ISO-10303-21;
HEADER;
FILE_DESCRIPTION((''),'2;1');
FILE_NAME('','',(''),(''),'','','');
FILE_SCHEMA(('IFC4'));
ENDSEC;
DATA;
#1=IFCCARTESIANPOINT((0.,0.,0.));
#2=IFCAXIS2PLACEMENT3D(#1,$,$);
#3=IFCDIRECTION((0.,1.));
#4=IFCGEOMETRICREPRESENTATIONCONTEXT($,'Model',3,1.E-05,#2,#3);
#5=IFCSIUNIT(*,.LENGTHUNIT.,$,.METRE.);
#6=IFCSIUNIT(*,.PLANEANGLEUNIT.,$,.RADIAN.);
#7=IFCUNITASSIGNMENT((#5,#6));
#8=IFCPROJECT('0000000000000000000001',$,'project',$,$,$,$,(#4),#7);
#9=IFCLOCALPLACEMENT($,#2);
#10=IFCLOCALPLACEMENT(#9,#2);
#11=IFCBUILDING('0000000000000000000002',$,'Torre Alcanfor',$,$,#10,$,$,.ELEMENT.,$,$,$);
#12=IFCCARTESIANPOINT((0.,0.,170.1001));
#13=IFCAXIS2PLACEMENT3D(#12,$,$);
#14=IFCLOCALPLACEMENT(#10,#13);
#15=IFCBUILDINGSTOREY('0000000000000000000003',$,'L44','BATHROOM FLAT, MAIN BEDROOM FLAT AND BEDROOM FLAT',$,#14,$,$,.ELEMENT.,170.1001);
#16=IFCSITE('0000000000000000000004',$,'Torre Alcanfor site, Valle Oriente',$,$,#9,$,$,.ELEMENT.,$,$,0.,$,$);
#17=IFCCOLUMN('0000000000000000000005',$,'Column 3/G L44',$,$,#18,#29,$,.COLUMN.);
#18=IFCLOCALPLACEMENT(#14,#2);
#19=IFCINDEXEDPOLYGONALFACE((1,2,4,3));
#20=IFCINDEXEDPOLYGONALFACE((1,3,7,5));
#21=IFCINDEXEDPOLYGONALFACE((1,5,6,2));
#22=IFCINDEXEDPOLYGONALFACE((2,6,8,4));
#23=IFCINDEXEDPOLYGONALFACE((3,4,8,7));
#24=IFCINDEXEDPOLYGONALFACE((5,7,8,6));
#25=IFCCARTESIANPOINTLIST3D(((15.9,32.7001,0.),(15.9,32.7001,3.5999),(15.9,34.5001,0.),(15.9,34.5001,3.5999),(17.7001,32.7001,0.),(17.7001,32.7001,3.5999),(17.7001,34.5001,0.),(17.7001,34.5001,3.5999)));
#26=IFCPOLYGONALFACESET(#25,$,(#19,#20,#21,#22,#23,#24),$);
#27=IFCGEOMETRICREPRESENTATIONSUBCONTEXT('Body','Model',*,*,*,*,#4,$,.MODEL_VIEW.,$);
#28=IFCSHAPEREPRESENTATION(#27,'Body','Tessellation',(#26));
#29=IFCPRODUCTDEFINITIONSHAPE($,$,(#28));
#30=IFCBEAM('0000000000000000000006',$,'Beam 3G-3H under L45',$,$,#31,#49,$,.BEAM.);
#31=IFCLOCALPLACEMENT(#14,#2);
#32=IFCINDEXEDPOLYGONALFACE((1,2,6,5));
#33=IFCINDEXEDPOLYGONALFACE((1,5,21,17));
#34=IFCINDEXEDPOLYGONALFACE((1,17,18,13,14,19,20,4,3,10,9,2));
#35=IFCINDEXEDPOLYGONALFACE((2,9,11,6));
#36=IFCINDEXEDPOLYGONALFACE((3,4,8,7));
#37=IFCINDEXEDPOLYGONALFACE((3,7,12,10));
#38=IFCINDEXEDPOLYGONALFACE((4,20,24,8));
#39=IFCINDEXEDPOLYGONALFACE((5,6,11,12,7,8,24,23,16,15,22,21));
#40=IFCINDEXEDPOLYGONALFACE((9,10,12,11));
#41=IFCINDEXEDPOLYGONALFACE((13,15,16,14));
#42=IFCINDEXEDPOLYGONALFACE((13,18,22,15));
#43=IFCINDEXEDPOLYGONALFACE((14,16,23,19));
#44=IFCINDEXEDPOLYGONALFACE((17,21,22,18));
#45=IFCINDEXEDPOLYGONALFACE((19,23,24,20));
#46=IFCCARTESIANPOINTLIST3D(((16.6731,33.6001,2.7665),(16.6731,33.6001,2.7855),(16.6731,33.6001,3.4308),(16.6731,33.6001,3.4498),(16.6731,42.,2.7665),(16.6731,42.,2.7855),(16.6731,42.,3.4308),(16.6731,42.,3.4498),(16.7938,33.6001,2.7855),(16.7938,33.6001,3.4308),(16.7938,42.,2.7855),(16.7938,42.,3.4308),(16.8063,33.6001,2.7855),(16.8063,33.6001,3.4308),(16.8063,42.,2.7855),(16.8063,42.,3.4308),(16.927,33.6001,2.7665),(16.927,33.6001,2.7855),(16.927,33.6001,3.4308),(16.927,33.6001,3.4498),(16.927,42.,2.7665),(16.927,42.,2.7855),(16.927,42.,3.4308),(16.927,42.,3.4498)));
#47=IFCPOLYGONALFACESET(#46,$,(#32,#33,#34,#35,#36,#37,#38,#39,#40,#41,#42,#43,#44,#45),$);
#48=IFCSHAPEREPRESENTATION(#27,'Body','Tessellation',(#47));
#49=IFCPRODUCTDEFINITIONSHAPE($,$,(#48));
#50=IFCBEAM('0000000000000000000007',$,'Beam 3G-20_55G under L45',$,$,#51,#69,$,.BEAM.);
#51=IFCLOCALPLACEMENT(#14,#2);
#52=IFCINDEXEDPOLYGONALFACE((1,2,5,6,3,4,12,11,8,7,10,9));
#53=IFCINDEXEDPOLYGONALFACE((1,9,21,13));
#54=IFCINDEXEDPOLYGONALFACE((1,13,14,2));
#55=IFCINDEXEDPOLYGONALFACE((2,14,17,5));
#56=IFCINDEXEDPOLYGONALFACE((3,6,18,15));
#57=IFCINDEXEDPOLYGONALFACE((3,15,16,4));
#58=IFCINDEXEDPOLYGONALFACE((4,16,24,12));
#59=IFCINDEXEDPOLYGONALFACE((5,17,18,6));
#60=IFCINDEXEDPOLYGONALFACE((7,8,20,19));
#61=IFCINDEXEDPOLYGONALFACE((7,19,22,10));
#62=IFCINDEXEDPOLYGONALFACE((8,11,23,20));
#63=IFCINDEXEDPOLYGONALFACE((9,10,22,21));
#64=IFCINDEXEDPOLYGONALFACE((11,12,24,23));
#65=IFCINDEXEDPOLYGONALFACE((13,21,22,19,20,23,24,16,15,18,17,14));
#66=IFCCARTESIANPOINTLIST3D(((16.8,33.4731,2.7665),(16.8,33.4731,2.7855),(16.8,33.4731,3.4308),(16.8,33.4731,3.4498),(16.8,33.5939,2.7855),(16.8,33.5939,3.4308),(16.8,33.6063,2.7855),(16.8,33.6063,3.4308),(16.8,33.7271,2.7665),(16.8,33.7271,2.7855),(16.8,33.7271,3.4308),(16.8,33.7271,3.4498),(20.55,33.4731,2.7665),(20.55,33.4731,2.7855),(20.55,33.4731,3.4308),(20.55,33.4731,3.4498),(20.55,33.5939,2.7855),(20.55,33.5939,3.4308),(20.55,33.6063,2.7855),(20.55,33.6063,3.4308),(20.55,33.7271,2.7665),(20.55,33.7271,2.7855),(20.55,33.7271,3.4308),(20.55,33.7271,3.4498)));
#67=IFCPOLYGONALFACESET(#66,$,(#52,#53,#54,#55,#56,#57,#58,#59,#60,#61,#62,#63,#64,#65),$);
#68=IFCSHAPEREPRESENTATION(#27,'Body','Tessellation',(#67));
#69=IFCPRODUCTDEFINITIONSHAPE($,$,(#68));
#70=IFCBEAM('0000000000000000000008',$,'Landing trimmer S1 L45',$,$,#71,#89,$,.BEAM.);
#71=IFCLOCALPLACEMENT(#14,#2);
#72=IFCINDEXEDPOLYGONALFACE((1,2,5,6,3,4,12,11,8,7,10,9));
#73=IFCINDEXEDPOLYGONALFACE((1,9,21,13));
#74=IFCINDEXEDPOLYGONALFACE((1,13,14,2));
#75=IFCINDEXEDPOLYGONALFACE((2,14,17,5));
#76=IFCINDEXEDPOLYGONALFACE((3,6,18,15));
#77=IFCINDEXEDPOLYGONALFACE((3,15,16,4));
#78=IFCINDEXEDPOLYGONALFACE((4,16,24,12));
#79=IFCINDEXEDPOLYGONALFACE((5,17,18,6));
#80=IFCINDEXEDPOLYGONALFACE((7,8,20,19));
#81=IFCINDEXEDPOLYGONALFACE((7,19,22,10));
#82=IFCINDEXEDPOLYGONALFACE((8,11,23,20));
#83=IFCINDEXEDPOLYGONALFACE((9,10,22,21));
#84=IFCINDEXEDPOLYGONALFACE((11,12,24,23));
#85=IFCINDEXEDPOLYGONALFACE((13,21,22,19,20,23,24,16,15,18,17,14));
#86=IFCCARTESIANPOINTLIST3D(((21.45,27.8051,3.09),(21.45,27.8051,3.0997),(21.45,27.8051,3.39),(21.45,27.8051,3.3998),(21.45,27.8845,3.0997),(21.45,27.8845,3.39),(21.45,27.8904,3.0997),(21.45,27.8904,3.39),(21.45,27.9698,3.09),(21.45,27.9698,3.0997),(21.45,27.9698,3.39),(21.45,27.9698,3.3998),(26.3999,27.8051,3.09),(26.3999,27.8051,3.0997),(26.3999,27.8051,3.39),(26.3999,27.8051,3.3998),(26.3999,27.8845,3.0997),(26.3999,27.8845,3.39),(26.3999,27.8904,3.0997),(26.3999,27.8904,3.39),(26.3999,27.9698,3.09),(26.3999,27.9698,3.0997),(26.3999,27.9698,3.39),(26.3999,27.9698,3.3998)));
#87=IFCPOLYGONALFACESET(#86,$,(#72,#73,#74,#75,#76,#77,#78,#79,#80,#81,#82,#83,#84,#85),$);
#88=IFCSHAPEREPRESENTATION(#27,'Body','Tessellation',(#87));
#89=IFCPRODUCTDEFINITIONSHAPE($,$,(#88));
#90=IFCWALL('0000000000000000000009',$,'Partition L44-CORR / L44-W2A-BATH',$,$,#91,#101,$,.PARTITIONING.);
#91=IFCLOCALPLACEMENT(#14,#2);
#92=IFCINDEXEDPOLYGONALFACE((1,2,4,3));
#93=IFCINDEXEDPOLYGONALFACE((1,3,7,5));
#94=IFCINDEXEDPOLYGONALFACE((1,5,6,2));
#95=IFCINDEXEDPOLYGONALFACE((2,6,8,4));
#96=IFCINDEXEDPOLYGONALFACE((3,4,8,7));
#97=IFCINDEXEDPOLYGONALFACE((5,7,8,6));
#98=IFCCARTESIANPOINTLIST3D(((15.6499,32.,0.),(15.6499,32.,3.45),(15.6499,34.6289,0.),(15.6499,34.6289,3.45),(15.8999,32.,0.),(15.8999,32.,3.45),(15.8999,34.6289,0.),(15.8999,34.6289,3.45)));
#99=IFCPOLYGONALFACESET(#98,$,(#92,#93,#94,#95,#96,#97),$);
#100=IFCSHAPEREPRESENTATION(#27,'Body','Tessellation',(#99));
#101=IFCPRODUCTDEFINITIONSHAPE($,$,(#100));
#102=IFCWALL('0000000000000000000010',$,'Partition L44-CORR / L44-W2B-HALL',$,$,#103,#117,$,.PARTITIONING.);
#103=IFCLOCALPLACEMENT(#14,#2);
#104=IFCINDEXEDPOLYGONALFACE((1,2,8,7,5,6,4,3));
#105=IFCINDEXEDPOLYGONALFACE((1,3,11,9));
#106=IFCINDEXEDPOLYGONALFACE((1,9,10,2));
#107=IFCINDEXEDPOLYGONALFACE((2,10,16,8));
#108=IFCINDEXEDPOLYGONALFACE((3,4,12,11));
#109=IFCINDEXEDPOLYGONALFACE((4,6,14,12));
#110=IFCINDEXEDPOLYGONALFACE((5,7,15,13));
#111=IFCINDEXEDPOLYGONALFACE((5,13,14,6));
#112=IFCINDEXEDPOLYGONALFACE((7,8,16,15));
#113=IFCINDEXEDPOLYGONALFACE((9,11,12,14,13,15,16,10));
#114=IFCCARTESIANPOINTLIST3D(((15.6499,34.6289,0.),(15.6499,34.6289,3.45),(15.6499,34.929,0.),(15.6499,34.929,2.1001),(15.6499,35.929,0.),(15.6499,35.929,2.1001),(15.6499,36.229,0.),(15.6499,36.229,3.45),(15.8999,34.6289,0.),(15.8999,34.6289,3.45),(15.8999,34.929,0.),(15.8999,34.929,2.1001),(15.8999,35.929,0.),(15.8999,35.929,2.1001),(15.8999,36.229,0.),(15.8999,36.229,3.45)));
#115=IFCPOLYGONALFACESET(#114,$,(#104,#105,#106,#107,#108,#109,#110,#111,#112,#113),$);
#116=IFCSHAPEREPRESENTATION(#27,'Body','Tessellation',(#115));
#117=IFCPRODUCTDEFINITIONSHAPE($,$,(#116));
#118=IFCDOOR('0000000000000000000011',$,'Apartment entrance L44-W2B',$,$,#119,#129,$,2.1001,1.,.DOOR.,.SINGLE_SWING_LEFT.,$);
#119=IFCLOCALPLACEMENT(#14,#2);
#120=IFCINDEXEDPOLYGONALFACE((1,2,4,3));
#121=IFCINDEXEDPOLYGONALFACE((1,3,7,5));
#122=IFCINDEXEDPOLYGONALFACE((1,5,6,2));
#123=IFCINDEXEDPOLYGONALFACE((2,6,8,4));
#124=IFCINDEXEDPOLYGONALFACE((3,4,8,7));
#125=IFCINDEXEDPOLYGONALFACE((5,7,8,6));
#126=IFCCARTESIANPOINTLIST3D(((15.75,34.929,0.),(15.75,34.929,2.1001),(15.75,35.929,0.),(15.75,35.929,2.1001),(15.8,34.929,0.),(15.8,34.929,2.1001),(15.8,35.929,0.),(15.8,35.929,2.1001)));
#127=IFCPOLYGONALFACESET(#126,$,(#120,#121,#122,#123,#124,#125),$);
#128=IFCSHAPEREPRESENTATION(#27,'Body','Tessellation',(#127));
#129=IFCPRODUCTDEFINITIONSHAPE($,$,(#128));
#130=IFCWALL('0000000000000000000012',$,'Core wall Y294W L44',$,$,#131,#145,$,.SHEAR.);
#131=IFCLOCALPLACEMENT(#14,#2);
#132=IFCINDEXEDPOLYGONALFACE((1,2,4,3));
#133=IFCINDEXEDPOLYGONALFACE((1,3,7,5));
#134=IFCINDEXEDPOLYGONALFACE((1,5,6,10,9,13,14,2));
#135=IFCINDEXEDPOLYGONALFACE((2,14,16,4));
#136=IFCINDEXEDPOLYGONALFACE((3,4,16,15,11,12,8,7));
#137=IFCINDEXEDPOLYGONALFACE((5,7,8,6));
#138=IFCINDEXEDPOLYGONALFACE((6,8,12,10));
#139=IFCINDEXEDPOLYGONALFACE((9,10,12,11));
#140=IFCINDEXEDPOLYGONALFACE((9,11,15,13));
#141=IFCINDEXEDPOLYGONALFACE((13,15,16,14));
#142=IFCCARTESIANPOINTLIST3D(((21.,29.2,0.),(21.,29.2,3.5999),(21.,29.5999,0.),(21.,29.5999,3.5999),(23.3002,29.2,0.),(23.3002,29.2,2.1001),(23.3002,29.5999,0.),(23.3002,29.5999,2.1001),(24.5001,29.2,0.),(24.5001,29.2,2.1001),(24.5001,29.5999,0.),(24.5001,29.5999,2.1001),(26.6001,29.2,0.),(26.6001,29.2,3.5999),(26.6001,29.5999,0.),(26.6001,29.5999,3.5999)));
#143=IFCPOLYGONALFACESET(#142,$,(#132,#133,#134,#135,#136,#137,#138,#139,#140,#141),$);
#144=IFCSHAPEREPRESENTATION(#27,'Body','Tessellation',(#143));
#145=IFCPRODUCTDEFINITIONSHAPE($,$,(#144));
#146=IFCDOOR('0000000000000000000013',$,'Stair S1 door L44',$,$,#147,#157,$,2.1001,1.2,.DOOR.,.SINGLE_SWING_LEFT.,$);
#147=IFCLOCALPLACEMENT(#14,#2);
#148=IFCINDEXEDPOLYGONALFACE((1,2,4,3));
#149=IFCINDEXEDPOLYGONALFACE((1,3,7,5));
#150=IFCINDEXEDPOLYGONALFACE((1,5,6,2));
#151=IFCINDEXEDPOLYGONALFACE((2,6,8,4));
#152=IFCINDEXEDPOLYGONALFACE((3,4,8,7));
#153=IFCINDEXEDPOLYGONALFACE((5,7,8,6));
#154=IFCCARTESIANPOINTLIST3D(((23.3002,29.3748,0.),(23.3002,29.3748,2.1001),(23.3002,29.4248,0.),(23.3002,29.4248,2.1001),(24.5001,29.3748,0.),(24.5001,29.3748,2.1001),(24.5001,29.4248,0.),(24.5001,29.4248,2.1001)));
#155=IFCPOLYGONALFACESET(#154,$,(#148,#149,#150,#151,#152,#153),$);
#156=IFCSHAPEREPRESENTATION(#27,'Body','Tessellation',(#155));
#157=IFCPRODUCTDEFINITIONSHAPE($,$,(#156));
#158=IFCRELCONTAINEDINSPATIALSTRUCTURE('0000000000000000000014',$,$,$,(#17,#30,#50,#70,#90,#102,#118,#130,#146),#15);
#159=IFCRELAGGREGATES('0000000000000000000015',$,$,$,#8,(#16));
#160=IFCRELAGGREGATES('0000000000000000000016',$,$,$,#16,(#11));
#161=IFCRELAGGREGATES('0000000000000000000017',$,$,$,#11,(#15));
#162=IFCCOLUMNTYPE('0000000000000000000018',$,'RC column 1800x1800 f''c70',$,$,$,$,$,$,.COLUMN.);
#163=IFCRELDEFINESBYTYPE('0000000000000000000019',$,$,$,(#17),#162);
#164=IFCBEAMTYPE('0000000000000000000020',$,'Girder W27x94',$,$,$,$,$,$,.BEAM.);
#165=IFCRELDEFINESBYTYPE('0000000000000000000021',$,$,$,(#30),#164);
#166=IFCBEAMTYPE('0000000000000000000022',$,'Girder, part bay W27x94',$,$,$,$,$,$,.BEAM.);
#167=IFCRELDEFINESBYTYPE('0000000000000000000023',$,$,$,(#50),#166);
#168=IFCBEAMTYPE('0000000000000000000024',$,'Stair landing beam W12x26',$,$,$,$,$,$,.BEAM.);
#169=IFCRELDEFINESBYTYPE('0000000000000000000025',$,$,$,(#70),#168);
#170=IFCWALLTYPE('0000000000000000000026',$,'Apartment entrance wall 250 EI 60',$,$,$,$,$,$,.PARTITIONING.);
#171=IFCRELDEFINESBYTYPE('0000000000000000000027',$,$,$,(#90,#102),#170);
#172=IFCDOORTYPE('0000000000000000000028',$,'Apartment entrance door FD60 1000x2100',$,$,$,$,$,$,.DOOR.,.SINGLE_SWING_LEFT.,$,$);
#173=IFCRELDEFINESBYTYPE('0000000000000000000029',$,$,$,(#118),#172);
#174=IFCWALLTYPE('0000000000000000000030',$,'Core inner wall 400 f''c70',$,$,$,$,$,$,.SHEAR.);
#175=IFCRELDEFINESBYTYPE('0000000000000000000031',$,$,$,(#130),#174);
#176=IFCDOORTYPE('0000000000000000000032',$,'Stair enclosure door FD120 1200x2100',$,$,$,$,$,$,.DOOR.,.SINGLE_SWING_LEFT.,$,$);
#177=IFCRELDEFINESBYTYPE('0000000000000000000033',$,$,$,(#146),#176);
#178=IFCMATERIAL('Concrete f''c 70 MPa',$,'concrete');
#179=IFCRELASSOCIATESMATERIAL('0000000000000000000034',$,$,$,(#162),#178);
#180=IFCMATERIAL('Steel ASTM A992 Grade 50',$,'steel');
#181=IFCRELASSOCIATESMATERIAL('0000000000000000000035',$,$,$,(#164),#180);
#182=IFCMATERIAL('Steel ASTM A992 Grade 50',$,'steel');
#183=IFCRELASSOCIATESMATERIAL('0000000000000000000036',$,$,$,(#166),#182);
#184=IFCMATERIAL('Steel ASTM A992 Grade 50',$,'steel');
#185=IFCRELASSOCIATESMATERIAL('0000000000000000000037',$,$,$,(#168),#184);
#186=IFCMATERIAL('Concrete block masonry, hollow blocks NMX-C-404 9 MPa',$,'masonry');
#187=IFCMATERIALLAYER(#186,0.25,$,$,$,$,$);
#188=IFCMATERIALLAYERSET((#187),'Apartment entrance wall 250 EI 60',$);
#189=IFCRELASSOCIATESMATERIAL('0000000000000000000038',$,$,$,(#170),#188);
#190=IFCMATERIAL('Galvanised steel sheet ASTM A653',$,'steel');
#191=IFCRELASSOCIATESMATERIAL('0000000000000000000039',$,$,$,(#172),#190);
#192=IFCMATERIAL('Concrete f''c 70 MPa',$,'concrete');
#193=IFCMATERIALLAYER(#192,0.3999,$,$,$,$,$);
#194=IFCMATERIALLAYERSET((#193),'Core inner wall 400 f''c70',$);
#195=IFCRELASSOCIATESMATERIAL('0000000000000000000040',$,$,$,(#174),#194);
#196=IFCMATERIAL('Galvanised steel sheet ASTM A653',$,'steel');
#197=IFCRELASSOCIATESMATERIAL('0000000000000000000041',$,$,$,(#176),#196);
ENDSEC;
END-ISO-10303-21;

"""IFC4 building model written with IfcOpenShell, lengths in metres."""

from ifc_helpers import new_model, si_unit, direction, frame, frame_2d, origin, origin_2d, place, context, subcontext, project, spatial, rectangle, i_section, extrude, material, layer, layer_set, material_profile, profile_set, type_object, element, fill, save


model = new_model("IFC4")

# Units and contexts
model_context = context("Model", 3, precision=1e-05, world=origin(), true_north=direction((0.0, 1.0)))
body_context = subcontext(model_context, "Body", "Model", "MODEL_VIEW")
ifc_project = project(units=[si_unit("LENGTHUNIT", "METRE"), si_unit("PLANEANGLEUNIT", "RADIAN")], contexts=[model_context])

# Site, building, storey
site_placement = place(None, origin())
site = spatial("IfcSite", under=ifc_project, at=site_placement, Name="Torre Alcanfor site, Valle Oriente", CompositionType="ELEMENT", RefElevation=0.0)
building_placement = place(site_placement, origin())
building = spatial("IfcBuilding", under=site, at=building_placement, Name="Torre Alcanfor", CompositionType="ELEMENT")
storey_placement = place(building_placement, frame((0.0, 0.0, 170.1001)))
storey = spatial("IfcBuildingStorey", under=building, at=storey_placement, Name="L44", Description="BATHROOM FLAT, MAIN BEDROOM FLAT AND BEDROOM FLAT", CompositionType="ELEMENT", Elevation=170.1001)

# Column
ifc_material_1 = material(Name="Concrete f'c 70 MPa", Category="concrete")
ifc_material_profile_1 = material_profile(ifc_material_1, rectangle(XDim=1.8, YDim=1.8, at=origin_2d()), Name="1800x1800")
ifc_profile_set_1 = profile_set([ifc_material_profile_1], Name="Concrete f'c 70 MPa")
column_type = type_object("IfcColumnType", Name="RC column 1800x1800 f'c70", PredefinedType="COLUMN", material=ifc_profile_set_1)
column_placement = place(storey_placement, frame((16.8, 33.6001, 0.0), z_axis=(0.0, 0.0, 1.0), x_axis=(1.0, 0.0, 0.0)))
element("IfcColumn", 1, at=column_placement, inside=storey, type_object=column_type, Name="Column 3/G L44", PredefinedType="COLUMN", context=body_context, shape_type="SweptSolid", body=[
    extrude(rectangle(XDim=1.8, YDim=1.8, at=origin_2d()), origin(), (0.0, 0.0, 1.0), 3.5999),
])

# Beams
ifc_material_2 = material(Name="Steel ASTM A992 Grade 50", Category="steel")
ifc_material_profile_2 = material_profile(ifc_material_2, i_section(OverallWidth=0.2539, OverallDepth=0.6833, WebThickness=0.0125, FlangeThickness=0.019, at=origin_2d()), Name="W27x94")
ifc_profile_set_2 = profile_set([ifc_material_profile_2], Name="Steel ASTM A992 Grade 50")
beam_type_1 = type_object("IfcBeamType", Name="Girder W27x94", PredefinedType="BEAM", material=ifc_profile_set_2)
beam_1_placement = place(storey_placement, frame((16.8, 33.6001, 3.1082), z_axis=(0.0, 1.0, 0.0), x_axis=(-1.0, 0.0, 0.0)))
element("IfcBeam", 2, at=beam_1_placement, inside=storey, type_object=beam_type_1, Name="Beam 3G-3H under L45", PredefinedType="BEAM", context=body_context, shape_type="SweptSolid", body=[
    extrude(i_section(OverallWidth=0.2539, OverallDepth=0.6833, WebThickness=0.0125, FlangeThickness=0.019, at=origin_2d()), origin(), (0.0, 0.0, 1.0), 8.3999),
])
ifc_material_3 = material(Name="Steel ASTM A992 Grade 50", Category="steel")
ifc_material_profile_3 = material_profile(ifc_material_3, i_section(OverallWidth=0.2539, OverallDepth=0.6833, WebThickness=0.0125, FlangeThickness=0.019, at=origin_2d()), Name="W27x94")
ifc_profile_set_3 = profile_set([ifc_material_profile_3], Name="Steel ASTM A992 Grade 50")
beam_type_2 = type_object("IfcBeamType", Name="Girder, part bay W27x94", PredefinedType="BEAM", material=ifc_profile_set_3)
beam_2_placement = place(storey_placement, frame((16.8, 33.6001, 3.1082), z_axis=(1.0, 0.0, 0.0), x_axis=(0.0, 1.0, 0.0)))
element("IfcBeam", 3, at=beam_2_placement, inside=storey, type_object=beam_type_2, Name="Beam 3G-20_55G under L45", PredefinedType="BEAM", context=body_context, shape_type="SweptSolid", body=[
    extrude(i_section(OverallWidth=0.2539, OverallDepth=0.6833, WebThickness=0.0125, FlangeThickness=0.019, at=origin_2d()), origin(), (0.0, 0.0, 1.0), 3.75),
])
ifc_material_4 = material(Name="Steel ASTM A992 Grade 50", Category="steel")
ifc_material_profile_4 = material_profile(ifc_material_4, i_section(OverallWidth=0.1648, OverallDepth=0.3098, WebThickness=0.0059, FlangeThickness=0.0098, at=origin_2d()), Name="W12x26")
ifc_profile_set_4 = profile_set([ifc_material_profile_4], Name="Steel ASTM A992 Grade 50")
beam_type_3 = type_object("IfcBeamType", Name="Stair landing beam W12x26", PredefinedType="BEAM", material=ifc_profile_set_4)
beam_3_placement = place(storey_placement, frame((21.45, 27.8875, 3.2449), z_axis=(1.0, 0.0, 0.0), x_axis=(0.0, 1.0, 0.0)))
element("IfcBeam", 4, at=beam_3_placement, inside=storey, type_object=beam_type_3, Name="Landing trimmer S1 L45", PredefinedType="BEAM", context=body_context, shape_type="SweptSolid", body=[
    extrude(i_section(OverallWidth=0.1648, OverallDepth=0.3098, WebThickness=0.0059, FlangeThickness=0.0098, at=origin_2d()), origin(), (0.0, 0.0, 1.0), 4.95),
])

# Wall
ifc_material_5 = material(Name="Concrete block masonry, hollow blocks NMX-C-404 9 MPa", Category="masonry")
ifc_layer_1 = layer(ifc_material_5, 0.25)
ifc_layer_set_1 = layer_set([ifc_layer_1], Name="Apartment entrance wall 250 EI 60")
wall_type_1 = type_object("IfcWallType", Name="Apartment entrance wall 250 EI 60", PredefinedType="PARTITIONING", material=ifc_layer_set_1)
wall_1_placement = place(storey_placement, frame((15.7749, 32.0, 0.0), z_axis=(0.0, 0.0, 1.0), x_axis=(0.0, 1.0, 0.0)))
element("IfcWall", 5, at=wall_1_placement, inside=storey, type_object=wall_type_1, Name="Partition L44-CORR / L44-W2A-BATH", PredefinedType="PARTITIONING", context=body_context, shape_type="SweptSolid", body=[
    extrude(rectangle(XDim=2.6289, YDim=0.25, at=frame_2d((1.3145, 0.0))), origin(), (0.0, 0.0, 1.0), 3.45),
])

# Walls, openings, doors
wall_2_placement = place(storey_placement, frame((15.7749, 34.6289, 0.0), z_axis=(0.0, 0.0, 1.0), x_axis=(0.0, 1.0, 0.0)))
wall_2 = element("IfcWall", 6, at=wall_2_placement, inside=storey, type_object=wall_type_1, Name="Partition L44-CORR / L44-W2B-HALL", PredefinedType="PARTITIONING", context=body_context, shape_type="SweptSolid", body=[
    extrude(rectangle(XDim=1.6001, YDim=0.25, at=frame_2d((0.8, 0.0))), origin(), (0.0, 0.0, 1.0), 3.45),
])
opening_1_placement = place(wall_2_placement, frame((0.3, 0.0, 0.0)))
opening_1 = element("IfcOpeningElement", 7, at=opening_1_placement, cuts=wall_2, PredefinedType="OPENING", context=body_context, shape_type="SweptSolid", body=[
    extrude(rectangle(XDim=1.0, YDim=2.1001, at=frame_2d((0.5, 1.05))), frame((0.0, 0.135, 0.0), z_axis=(0.0, -1.0, 0.0), x_axis=(1.0, 0.0, 0.0)), (0.0, 0.0, 1.0), 0.27),
])
ifc_material_6 = material(Name="Galvanised steel sheet ASTM A653", Category="steel")
door_type_1 = type_object("IfcDoorType", Name="Apartment entrance door FD60 1000x2100", OperationType="SINGLE_SWING_LEFT", PredefinedType="DOOR", material=ifc_material_6)
door_1_placement = place(opening_1_placement, origin())
door_1 = element("IfcDoor", 8, at=door_1_placement, inside=storey, type_object=door_type_1, Name="Apartment entrance L44-W2B", OperationType="SINGLE_SWING_LEFT", OverallHeight=2.1001, OverallWidth=1.0, PredefinedType="DOOR", context=body_context, shape_type="SweptSolid", body=[
    extrude(rectangle(XDim=1.0, YDim=2.1001, at=frame_2d((0.5, 1.05))), frame((0.0, 0.0249, 0.0), z_axis=(0.0, -1.0, 0.0), x_axis=(1.0, 0.0, 0.0)), (0.0, 0.0, 1.0), 0.05),
])
fill(opening_1, door_1)
ifc_material_7 = material(Name="Concrete f'c 70 MPa", Category="concrete")
ifc_layer_2 = layer(ifc_material_7, 0.3999)
ifc_layer_set_2 = layer_set([ifc_layer_2], Name="Core inner wall 400 f'c70")
wall_type_2 = type_object("IfcWallType", Name="Core inner wall 400 f'c70", PredefinedType="SHEAR", material=ifc_layer_set_2)
wall_3_placement = place(storey_placement, frame((21.0, 29.3999, 0.0), z_axis=(0.0, 0.0, 1.0), x_axis=(1.0, 0.0, 0.0)))
wall_3 = element("IfcWall", 9, at=wall_3_placement, inside=storey, type_object=wall_type_2, Name="Core wall Y294W L44", PredefinedType="SHEAR", context=body_context, shape_type="SweptSolid", body=[
    extrude(rectangle(XDim=5.6001, YDim=0.3999, at=frame_2d((2.8, 0.0))), origin(), (0.0, 0.0, 1.0), 3.5999),
])
opening_2_placement = place(wall_3_placement, frame((2.3, 0.0, 0.0)))
opening_2 = element("IfcOpeningElement", 10, at=opening_2_placement, cuts=wall_3, PredefinedType="OPENING", context=body_context, shape_type="SweptSolid", body=[
    extrude(rectangle(XDim=1.2, YDim=2.1001, at=frame_2d((0.6001, 1.05))), frame((0.0, 0.21, 0.0), z_axis=(0.0, -1.0, 0.0), x_axis=(1.0, 0.0, 0.0)), (0.0, 0.0, 1.0), 0.4199),
])
ifc_material_8 = material(Name="Galvanised steel sheet ASTM A653", Category="steel")
door_type_2 = type_object("IfcDoorType", Name="Stair enclosure door FD120 1200x2100", OperationType="SINGLE_SWING_LEFT", PredefinedType="DOOR", material=ifc_material_8)
door_2_placement = place(opening_2_placement, frame((1.2, 0.0, 0.0), z_axis=(0.0, 0.0, 1.0), x_axis=(-1.0, 0.0, 0.0)))
door_2 = element("IfcDoor", 11, at=door_2_placement, inside=storey, type_object=door_type_2, Name="Stair S1 door L44", OperationType="SINGLE_SWING_LEFT", OverallHeight=2.1001, OverallWidth=1.2, PredefinedType="DOOR", context=body_context, shape_type="SweptSolid", body=[
    extrude(rectangle(XDim=1.2, YDim=2.1001, at=frame_2d((0.5999, 1.05))), frame((0.0, 0.0251, 0.0), z_axis=(0.0, -1.0, 0.0), x_axis=(1.0, 0.0, 0.0)), (0.0, 0.0, 1.0), 0.05),
])
fill(opening_2, door_2)

save(model, "model.ifc")
